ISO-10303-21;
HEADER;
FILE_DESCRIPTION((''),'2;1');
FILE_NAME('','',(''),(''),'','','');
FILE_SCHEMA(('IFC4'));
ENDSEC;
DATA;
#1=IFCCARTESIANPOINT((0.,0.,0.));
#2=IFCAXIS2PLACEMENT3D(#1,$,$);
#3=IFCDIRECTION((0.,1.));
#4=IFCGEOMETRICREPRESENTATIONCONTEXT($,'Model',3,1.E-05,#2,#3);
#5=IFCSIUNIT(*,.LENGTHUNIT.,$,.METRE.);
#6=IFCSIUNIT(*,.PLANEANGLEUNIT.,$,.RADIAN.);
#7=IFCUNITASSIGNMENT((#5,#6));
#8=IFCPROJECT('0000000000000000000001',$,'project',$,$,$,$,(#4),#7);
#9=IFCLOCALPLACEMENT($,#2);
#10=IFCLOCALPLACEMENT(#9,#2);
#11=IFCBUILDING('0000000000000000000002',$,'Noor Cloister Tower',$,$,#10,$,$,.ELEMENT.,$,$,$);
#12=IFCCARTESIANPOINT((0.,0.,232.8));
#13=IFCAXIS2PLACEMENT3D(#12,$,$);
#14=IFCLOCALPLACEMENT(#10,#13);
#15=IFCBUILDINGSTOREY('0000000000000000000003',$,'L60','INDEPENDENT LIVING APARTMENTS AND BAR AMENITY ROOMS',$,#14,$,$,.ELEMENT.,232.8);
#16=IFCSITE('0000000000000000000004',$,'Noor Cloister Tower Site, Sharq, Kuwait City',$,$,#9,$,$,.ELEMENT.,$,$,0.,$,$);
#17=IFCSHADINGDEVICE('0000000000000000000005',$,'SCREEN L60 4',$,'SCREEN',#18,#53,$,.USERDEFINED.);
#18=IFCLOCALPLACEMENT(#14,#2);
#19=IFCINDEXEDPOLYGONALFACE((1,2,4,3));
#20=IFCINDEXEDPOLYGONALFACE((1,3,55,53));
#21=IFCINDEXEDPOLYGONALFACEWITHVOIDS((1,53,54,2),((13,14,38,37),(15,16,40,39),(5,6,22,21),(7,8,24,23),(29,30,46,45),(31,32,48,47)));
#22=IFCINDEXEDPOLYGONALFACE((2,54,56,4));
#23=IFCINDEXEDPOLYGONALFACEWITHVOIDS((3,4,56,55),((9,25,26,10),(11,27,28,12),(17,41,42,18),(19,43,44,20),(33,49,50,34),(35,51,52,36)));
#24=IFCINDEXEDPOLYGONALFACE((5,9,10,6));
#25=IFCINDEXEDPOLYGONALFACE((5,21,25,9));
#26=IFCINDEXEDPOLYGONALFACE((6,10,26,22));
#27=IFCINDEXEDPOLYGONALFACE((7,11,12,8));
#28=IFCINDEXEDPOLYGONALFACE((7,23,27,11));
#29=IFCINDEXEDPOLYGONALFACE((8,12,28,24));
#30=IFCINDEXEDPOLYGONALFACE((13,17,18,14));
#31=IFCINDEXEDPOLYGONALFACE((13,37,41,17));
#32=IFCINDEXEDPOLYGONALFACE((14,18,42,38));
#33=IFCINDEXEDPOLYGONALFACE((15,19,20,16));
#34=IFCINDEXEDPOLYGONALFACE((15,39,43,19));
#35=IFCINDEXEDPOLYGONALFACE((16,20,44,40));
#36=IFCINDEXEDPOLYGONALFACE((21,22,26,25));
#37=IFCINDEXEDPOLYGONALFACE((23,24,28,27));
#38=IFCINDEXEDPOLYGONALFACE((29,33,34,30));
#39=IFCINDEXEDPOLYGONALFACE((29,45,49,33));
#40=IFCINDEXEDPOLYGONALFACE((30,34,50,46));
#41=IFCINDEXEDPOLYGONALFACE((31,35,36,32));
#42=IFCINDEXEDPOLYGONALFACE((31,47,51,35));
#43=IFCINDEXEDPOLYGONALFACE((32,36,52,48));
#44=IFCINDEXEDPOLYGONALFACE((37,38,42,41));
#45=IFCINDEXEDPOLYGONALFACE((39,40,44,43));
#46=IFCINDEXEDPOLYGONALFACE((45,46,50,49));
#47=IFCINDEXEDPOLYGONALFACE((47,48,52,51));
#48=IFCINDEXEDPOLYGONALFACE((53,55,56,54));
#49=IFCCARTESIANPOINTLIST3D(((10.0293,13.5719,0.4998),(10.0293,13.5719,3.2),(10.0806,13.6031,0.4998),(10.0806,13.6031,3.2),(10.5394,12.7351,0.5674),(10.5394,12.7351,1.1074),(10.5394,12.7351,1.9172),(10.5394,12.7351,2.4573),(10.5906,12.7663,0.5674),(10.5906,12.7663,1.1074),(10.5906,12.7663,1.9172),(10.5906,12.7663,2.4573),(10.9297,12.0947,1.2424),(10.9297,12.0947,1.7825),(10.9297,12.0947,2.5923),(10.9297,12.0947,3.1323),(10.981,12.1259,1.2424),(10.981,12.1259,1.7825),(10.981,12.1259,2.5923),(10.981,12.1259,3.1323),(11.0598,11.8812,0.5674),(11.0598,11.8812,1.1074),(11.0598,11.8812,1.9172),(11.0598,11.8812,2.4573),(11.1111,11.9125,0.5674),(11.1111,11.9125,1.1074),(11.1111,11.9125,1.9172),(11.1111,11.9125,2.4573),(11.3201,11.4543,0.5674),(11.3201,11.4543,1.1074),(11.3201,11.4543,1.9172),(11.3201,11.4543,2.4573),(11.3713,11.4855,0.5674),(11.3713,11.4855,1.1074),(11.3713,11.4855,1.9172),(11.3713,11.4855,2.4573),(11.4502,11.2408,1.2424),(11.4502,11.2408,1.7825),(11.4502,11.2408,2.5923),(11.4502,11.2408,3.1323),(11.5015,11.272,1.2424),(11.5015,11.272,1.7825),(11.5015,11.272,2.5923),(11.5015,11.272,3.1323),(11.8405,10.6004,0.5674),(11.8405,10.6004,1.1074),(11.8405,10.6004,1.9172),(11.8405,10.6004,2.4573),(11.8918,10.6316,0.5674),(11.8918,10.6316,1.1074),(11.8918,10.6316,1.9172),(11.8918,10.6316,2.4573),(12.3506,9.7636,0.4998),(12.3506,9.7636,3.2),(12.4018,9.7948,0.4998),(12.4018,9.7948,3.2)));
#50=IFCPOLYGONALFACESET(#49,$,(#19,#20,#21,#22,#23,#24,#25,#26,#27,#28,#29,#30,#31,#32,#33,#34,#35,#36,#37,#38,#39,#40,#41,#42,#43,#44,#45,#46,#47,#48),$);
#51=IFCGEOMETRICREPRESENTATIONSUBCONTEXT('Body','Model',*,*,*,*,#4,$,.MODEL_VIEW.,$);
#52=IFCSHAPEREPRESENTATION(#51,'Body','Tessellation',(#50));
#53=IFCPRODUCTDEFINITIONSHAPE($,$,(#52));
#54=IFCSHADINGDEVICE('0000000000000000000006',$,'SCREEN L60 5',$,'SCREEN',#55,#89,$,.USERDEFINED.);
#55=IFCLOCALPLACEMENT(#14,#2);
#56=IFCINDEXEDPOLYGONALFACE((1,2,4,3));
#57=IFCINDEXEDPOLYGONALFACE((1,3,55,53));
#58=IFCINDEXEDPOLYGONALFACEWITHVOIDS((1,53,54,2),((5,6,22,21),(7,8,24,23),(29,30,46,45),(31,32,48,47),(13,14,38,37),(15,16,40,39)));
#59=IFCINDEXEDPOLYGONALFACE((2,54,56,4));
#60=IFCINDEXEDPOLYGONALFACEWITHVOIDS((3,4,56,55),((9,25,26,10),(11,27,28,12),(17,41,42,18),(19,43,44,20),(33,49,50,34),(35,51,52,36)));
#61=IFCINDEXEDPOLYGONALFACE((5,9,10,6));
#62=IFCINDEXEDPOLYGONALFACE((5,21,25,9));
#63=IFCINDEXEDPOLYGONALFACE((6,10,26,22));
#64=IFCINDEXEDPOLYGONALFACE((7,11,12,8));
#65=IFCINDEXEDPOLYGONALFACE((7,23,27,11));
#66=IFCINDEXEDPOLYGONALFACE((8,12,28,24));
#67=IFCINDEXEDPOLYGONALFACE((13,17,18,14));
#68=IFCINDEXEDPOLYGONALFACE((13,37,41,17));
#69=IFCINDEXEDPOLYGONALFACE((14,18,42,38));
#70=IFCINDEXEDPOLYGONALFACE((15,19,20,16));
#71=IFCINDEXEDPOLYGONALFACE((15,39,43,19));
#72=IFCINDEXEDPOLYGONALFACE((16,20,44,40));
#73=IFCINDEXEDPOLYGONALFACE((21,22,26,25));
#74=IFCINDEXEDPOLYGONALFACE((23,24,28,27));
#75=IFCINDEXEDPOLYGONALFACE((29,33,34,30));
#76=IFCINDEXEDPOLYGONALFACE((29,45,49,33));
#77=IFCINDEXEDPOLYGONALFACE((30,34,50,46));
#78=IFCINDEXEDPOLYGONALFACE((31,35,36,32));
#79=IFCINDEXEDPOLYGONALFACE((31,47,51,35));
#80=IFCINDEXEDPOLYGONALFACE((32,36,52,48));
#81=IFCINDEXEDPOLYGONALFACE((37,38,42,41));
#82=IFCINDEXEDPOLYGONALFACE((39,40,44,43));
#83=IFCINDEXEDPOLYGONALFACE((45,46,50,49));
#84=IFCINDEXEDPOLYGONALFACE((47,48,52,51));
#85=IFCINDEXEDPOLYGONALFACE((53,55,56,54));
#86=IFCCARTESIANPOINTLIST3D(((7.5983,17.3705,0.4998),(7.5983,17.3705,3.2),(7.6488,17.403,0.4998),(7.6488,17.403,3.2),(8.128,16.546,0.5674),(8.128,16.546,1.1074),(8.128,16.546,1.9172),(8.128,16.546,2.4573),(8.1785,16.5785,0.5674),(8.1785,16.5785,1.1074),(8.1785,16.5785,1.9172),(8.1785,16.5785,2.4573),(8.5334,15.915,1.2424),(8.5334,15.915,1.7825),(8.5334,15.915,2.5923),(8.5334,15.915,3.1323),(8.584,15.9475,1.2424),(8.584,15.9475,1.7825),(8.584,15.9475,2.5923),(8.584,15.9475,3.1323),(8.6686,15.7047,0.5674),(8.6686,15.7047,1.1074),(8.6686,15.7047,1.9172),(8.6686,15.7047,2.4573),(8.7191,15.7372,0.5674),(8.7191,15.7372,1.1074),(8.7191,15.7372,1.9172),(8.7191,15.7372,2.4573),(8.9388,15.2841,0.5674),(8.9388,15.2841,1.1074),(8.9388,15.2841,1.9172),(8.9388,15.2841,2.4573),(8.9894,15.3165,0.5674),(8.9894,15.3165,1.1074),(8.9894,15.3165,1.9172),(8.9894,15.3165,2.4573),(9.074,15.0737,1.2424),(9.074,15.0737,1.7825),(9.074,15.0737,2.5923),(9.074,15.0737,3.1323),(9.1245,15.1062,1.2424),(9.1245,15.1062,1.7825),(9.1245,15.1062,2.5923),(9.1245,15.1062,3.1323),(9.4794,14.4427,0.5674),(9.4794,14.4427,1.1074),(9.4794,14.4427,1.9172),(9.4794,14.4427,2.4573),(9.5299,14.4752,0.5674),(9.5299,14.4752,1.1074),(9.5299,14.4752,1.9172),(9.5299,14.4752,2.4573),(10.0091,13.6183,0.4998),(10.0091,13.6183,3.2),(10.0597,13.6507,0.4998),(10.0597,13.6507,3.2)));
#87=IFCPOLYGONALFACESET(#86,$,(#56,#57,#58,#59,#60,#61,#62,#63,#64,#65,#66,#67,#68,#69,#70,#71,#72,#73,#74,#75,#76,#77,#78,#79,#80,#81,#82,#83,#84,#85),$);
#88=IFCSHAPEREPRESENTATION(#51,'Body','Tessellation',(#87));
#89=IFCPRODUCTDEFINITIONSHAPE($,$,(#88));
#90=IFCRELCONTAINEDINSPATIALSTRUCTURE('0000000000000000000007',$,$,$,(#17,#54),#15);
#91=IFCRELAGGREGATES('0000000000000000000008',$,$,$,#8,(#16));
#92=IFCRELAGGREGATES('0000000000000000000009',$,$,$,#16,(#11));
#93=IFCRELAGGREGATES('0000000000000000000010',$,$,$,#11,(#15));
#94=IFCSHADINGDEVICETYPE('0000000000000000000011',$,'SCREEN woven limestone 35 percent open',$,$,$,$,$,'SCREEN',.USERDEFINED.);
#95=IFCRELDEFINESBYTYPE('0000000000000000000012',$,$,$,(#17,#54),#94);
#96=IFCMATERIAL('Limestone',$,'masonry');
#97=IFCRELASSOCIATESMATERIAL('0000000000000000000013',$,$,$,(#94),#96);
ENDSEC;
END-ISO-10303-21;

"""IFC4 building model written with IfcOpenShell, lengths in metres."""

from ifc_helpers import new_model, si_unit, direction, frame, origin, place, context, subcontext, project, spatial, polyline, outline, extrude, material, material_profile, profile_set, type_object, element, save


model = new_model("IFC4")

# Units and contexts
model_context = context("Model", 3, precision=1e-05, world=origin(), true_north=direction((0.0, 1.0)))
body_context = subcontext(model_context, "Body", "Model", "MODEL_VIEW")
ifc_project = project(units=[si_unit("LENGTHUNIT", "METRE"), si_unit("PLANEANGLEUNIT", "RADIAN")], contexts=[model_context])

# Site, building, storey
site_placement = place(None, origin())
site = spatial("IfcSite", under=ifc_project, at=site_placement, Name="Noor Cloister Tower Site, Sharq, Kuwait City", CompositionType="ELEMENT", RefElevation=0.0)
building_placement = place(site_placement, origin())
building = spatial("IfcBuilding", under=site, at=building_placement, Name="Noor Cloister Tower", CompositionType="ELEMENT")
storey_placement = place(building_placement, frame((0.0, 0.0, 232.8)))
storey = spatial("IfcBuildingStorey", under=building, at=storey_placement, Name="L60", Description="INDEPENDENT LIVING APARTMENTS AND BAR AMENITY ROOMS", CompositionType="ELEMENT", Elevation=232.8)

# Shading devices
ifc_material_1 = material(Name="Limestone", Category="masonry")
ifc_material_profile_1 = material_profile(ifc_material_1, outline(polyline([(-2.23, -1.3501), (2.23, -1.3501), (2.23, 1.3501), (-2.23, 1.3501), (-2.23, -1.3501)]), holes=[polyline([(-1.25, -1.2825), (-0.25, -1.2825), (-0.25, -0.7424), (-1.25, -0.7424), (-1.25, -1.2825)]), polyline([(0.25, -1.2825), (1.25, -1.2825), (1.25, -0.7424), (0.25, -0.7424), (0.25, -1.2825)]), polyline([(-0.5, -0.6074), (0.5, -0.6074), (0.5, -0.0674), (-0.5, -0.0674), (-0.5, -0.6074)]), polyline([(-1.25, 0.0674), (-0.25, 0.0674), (-0.25, 0.6074), (-1.25, 0.6074), (-1.25, 0.0674)]), polyline([(0.25, 0.0674), (1.25, 0.0674), (1.25, 0.6074), (0.25, 0.6074), (0.25, 0.0674)]), polyline([(-0.5, 0.7424), (0.5, 0.7424), (0.5, 1.2825), (-0.5, 1.2825), (-0.5, 0.7424)])]), Name="Woven screen 35 percent open")
ifc_profile_set_1 = profile_set([ifc_material_profile_1], Name="Limestone")
shading_device_type = type_object("IfcShadingDeviceType", Name="SCREEN woven limestone 35 percent open", ElementType="SCREEN", PredefinedType="USERDEFINED", material=ifc_profile_set_1)
for number, where, z_axis, x_axis, name in (
    (1, (11.1899, 11.6677, 1.8499), (0.853884, 0.520463, 0.0), (-0.520463, 0.853884, 0.0), "SCREEN L60 4"),
    (2, (8.8037, 15.4944, 1.8499), (0.841311, 0.540552, 0.0), (-0.540552, 0.841311, 0.0), "SCREEN L60 5"),
):
    element("IfcShadingDevice", number, at=place(storey_placement, frame(where, z_axis=z_axis, x_axis=x_axis)), inside=storey, type_object=shading_device_type, Name=name, ObjectType="SCREEN", PredefinedType="USERDEFINED", context=body_context, shape_type="SweptSolid", body=[
        extrude(outline(polyline([(-2.23, -1.3501), (2.23, -1.3501), (2.23, 1.3501), (-2.23, 1.3501), (-2.23, -1.3501)]), holes=[polyline([(-1.25, -1.2825), (-0.25, -1.2825), (-0.25, -0.7424), (-1.25, -0.7424), (-1.25, -1.2825)]), polyline([(0.25, -1.2825), (1.25, -1.2825), (1.25, -0.7424), (0.25, -0.7424), (0.25, -1.2825)]), polyline([(-0.5, -0.6074), (0.5, -0.6074), (0.5, -0.0674), (-0.5, -0.0674), (-0.5, -0.6074)]), polyline([(-1.25, 0.0674), (-0.25, 0.0674), (-0.25, 0.6074), (-1.25, 0.6074), (-1.25, 0.0674)]), polyline([(0.25, 0.0674), (1.25, 0.0674), (1.25, 0.6074), (0.25, 0.6074), (0.25, 0.0674)]), polyline([(-0.5, 0.7424), (0.5, 0.7424), (0.5, 1.2825), (-0.5, 1.2825), (-0.5, 0.7424)])]), origin(), (0.0, 0.0, 1.0), 0.0601),
    ])

save(model, "model.ifc")
